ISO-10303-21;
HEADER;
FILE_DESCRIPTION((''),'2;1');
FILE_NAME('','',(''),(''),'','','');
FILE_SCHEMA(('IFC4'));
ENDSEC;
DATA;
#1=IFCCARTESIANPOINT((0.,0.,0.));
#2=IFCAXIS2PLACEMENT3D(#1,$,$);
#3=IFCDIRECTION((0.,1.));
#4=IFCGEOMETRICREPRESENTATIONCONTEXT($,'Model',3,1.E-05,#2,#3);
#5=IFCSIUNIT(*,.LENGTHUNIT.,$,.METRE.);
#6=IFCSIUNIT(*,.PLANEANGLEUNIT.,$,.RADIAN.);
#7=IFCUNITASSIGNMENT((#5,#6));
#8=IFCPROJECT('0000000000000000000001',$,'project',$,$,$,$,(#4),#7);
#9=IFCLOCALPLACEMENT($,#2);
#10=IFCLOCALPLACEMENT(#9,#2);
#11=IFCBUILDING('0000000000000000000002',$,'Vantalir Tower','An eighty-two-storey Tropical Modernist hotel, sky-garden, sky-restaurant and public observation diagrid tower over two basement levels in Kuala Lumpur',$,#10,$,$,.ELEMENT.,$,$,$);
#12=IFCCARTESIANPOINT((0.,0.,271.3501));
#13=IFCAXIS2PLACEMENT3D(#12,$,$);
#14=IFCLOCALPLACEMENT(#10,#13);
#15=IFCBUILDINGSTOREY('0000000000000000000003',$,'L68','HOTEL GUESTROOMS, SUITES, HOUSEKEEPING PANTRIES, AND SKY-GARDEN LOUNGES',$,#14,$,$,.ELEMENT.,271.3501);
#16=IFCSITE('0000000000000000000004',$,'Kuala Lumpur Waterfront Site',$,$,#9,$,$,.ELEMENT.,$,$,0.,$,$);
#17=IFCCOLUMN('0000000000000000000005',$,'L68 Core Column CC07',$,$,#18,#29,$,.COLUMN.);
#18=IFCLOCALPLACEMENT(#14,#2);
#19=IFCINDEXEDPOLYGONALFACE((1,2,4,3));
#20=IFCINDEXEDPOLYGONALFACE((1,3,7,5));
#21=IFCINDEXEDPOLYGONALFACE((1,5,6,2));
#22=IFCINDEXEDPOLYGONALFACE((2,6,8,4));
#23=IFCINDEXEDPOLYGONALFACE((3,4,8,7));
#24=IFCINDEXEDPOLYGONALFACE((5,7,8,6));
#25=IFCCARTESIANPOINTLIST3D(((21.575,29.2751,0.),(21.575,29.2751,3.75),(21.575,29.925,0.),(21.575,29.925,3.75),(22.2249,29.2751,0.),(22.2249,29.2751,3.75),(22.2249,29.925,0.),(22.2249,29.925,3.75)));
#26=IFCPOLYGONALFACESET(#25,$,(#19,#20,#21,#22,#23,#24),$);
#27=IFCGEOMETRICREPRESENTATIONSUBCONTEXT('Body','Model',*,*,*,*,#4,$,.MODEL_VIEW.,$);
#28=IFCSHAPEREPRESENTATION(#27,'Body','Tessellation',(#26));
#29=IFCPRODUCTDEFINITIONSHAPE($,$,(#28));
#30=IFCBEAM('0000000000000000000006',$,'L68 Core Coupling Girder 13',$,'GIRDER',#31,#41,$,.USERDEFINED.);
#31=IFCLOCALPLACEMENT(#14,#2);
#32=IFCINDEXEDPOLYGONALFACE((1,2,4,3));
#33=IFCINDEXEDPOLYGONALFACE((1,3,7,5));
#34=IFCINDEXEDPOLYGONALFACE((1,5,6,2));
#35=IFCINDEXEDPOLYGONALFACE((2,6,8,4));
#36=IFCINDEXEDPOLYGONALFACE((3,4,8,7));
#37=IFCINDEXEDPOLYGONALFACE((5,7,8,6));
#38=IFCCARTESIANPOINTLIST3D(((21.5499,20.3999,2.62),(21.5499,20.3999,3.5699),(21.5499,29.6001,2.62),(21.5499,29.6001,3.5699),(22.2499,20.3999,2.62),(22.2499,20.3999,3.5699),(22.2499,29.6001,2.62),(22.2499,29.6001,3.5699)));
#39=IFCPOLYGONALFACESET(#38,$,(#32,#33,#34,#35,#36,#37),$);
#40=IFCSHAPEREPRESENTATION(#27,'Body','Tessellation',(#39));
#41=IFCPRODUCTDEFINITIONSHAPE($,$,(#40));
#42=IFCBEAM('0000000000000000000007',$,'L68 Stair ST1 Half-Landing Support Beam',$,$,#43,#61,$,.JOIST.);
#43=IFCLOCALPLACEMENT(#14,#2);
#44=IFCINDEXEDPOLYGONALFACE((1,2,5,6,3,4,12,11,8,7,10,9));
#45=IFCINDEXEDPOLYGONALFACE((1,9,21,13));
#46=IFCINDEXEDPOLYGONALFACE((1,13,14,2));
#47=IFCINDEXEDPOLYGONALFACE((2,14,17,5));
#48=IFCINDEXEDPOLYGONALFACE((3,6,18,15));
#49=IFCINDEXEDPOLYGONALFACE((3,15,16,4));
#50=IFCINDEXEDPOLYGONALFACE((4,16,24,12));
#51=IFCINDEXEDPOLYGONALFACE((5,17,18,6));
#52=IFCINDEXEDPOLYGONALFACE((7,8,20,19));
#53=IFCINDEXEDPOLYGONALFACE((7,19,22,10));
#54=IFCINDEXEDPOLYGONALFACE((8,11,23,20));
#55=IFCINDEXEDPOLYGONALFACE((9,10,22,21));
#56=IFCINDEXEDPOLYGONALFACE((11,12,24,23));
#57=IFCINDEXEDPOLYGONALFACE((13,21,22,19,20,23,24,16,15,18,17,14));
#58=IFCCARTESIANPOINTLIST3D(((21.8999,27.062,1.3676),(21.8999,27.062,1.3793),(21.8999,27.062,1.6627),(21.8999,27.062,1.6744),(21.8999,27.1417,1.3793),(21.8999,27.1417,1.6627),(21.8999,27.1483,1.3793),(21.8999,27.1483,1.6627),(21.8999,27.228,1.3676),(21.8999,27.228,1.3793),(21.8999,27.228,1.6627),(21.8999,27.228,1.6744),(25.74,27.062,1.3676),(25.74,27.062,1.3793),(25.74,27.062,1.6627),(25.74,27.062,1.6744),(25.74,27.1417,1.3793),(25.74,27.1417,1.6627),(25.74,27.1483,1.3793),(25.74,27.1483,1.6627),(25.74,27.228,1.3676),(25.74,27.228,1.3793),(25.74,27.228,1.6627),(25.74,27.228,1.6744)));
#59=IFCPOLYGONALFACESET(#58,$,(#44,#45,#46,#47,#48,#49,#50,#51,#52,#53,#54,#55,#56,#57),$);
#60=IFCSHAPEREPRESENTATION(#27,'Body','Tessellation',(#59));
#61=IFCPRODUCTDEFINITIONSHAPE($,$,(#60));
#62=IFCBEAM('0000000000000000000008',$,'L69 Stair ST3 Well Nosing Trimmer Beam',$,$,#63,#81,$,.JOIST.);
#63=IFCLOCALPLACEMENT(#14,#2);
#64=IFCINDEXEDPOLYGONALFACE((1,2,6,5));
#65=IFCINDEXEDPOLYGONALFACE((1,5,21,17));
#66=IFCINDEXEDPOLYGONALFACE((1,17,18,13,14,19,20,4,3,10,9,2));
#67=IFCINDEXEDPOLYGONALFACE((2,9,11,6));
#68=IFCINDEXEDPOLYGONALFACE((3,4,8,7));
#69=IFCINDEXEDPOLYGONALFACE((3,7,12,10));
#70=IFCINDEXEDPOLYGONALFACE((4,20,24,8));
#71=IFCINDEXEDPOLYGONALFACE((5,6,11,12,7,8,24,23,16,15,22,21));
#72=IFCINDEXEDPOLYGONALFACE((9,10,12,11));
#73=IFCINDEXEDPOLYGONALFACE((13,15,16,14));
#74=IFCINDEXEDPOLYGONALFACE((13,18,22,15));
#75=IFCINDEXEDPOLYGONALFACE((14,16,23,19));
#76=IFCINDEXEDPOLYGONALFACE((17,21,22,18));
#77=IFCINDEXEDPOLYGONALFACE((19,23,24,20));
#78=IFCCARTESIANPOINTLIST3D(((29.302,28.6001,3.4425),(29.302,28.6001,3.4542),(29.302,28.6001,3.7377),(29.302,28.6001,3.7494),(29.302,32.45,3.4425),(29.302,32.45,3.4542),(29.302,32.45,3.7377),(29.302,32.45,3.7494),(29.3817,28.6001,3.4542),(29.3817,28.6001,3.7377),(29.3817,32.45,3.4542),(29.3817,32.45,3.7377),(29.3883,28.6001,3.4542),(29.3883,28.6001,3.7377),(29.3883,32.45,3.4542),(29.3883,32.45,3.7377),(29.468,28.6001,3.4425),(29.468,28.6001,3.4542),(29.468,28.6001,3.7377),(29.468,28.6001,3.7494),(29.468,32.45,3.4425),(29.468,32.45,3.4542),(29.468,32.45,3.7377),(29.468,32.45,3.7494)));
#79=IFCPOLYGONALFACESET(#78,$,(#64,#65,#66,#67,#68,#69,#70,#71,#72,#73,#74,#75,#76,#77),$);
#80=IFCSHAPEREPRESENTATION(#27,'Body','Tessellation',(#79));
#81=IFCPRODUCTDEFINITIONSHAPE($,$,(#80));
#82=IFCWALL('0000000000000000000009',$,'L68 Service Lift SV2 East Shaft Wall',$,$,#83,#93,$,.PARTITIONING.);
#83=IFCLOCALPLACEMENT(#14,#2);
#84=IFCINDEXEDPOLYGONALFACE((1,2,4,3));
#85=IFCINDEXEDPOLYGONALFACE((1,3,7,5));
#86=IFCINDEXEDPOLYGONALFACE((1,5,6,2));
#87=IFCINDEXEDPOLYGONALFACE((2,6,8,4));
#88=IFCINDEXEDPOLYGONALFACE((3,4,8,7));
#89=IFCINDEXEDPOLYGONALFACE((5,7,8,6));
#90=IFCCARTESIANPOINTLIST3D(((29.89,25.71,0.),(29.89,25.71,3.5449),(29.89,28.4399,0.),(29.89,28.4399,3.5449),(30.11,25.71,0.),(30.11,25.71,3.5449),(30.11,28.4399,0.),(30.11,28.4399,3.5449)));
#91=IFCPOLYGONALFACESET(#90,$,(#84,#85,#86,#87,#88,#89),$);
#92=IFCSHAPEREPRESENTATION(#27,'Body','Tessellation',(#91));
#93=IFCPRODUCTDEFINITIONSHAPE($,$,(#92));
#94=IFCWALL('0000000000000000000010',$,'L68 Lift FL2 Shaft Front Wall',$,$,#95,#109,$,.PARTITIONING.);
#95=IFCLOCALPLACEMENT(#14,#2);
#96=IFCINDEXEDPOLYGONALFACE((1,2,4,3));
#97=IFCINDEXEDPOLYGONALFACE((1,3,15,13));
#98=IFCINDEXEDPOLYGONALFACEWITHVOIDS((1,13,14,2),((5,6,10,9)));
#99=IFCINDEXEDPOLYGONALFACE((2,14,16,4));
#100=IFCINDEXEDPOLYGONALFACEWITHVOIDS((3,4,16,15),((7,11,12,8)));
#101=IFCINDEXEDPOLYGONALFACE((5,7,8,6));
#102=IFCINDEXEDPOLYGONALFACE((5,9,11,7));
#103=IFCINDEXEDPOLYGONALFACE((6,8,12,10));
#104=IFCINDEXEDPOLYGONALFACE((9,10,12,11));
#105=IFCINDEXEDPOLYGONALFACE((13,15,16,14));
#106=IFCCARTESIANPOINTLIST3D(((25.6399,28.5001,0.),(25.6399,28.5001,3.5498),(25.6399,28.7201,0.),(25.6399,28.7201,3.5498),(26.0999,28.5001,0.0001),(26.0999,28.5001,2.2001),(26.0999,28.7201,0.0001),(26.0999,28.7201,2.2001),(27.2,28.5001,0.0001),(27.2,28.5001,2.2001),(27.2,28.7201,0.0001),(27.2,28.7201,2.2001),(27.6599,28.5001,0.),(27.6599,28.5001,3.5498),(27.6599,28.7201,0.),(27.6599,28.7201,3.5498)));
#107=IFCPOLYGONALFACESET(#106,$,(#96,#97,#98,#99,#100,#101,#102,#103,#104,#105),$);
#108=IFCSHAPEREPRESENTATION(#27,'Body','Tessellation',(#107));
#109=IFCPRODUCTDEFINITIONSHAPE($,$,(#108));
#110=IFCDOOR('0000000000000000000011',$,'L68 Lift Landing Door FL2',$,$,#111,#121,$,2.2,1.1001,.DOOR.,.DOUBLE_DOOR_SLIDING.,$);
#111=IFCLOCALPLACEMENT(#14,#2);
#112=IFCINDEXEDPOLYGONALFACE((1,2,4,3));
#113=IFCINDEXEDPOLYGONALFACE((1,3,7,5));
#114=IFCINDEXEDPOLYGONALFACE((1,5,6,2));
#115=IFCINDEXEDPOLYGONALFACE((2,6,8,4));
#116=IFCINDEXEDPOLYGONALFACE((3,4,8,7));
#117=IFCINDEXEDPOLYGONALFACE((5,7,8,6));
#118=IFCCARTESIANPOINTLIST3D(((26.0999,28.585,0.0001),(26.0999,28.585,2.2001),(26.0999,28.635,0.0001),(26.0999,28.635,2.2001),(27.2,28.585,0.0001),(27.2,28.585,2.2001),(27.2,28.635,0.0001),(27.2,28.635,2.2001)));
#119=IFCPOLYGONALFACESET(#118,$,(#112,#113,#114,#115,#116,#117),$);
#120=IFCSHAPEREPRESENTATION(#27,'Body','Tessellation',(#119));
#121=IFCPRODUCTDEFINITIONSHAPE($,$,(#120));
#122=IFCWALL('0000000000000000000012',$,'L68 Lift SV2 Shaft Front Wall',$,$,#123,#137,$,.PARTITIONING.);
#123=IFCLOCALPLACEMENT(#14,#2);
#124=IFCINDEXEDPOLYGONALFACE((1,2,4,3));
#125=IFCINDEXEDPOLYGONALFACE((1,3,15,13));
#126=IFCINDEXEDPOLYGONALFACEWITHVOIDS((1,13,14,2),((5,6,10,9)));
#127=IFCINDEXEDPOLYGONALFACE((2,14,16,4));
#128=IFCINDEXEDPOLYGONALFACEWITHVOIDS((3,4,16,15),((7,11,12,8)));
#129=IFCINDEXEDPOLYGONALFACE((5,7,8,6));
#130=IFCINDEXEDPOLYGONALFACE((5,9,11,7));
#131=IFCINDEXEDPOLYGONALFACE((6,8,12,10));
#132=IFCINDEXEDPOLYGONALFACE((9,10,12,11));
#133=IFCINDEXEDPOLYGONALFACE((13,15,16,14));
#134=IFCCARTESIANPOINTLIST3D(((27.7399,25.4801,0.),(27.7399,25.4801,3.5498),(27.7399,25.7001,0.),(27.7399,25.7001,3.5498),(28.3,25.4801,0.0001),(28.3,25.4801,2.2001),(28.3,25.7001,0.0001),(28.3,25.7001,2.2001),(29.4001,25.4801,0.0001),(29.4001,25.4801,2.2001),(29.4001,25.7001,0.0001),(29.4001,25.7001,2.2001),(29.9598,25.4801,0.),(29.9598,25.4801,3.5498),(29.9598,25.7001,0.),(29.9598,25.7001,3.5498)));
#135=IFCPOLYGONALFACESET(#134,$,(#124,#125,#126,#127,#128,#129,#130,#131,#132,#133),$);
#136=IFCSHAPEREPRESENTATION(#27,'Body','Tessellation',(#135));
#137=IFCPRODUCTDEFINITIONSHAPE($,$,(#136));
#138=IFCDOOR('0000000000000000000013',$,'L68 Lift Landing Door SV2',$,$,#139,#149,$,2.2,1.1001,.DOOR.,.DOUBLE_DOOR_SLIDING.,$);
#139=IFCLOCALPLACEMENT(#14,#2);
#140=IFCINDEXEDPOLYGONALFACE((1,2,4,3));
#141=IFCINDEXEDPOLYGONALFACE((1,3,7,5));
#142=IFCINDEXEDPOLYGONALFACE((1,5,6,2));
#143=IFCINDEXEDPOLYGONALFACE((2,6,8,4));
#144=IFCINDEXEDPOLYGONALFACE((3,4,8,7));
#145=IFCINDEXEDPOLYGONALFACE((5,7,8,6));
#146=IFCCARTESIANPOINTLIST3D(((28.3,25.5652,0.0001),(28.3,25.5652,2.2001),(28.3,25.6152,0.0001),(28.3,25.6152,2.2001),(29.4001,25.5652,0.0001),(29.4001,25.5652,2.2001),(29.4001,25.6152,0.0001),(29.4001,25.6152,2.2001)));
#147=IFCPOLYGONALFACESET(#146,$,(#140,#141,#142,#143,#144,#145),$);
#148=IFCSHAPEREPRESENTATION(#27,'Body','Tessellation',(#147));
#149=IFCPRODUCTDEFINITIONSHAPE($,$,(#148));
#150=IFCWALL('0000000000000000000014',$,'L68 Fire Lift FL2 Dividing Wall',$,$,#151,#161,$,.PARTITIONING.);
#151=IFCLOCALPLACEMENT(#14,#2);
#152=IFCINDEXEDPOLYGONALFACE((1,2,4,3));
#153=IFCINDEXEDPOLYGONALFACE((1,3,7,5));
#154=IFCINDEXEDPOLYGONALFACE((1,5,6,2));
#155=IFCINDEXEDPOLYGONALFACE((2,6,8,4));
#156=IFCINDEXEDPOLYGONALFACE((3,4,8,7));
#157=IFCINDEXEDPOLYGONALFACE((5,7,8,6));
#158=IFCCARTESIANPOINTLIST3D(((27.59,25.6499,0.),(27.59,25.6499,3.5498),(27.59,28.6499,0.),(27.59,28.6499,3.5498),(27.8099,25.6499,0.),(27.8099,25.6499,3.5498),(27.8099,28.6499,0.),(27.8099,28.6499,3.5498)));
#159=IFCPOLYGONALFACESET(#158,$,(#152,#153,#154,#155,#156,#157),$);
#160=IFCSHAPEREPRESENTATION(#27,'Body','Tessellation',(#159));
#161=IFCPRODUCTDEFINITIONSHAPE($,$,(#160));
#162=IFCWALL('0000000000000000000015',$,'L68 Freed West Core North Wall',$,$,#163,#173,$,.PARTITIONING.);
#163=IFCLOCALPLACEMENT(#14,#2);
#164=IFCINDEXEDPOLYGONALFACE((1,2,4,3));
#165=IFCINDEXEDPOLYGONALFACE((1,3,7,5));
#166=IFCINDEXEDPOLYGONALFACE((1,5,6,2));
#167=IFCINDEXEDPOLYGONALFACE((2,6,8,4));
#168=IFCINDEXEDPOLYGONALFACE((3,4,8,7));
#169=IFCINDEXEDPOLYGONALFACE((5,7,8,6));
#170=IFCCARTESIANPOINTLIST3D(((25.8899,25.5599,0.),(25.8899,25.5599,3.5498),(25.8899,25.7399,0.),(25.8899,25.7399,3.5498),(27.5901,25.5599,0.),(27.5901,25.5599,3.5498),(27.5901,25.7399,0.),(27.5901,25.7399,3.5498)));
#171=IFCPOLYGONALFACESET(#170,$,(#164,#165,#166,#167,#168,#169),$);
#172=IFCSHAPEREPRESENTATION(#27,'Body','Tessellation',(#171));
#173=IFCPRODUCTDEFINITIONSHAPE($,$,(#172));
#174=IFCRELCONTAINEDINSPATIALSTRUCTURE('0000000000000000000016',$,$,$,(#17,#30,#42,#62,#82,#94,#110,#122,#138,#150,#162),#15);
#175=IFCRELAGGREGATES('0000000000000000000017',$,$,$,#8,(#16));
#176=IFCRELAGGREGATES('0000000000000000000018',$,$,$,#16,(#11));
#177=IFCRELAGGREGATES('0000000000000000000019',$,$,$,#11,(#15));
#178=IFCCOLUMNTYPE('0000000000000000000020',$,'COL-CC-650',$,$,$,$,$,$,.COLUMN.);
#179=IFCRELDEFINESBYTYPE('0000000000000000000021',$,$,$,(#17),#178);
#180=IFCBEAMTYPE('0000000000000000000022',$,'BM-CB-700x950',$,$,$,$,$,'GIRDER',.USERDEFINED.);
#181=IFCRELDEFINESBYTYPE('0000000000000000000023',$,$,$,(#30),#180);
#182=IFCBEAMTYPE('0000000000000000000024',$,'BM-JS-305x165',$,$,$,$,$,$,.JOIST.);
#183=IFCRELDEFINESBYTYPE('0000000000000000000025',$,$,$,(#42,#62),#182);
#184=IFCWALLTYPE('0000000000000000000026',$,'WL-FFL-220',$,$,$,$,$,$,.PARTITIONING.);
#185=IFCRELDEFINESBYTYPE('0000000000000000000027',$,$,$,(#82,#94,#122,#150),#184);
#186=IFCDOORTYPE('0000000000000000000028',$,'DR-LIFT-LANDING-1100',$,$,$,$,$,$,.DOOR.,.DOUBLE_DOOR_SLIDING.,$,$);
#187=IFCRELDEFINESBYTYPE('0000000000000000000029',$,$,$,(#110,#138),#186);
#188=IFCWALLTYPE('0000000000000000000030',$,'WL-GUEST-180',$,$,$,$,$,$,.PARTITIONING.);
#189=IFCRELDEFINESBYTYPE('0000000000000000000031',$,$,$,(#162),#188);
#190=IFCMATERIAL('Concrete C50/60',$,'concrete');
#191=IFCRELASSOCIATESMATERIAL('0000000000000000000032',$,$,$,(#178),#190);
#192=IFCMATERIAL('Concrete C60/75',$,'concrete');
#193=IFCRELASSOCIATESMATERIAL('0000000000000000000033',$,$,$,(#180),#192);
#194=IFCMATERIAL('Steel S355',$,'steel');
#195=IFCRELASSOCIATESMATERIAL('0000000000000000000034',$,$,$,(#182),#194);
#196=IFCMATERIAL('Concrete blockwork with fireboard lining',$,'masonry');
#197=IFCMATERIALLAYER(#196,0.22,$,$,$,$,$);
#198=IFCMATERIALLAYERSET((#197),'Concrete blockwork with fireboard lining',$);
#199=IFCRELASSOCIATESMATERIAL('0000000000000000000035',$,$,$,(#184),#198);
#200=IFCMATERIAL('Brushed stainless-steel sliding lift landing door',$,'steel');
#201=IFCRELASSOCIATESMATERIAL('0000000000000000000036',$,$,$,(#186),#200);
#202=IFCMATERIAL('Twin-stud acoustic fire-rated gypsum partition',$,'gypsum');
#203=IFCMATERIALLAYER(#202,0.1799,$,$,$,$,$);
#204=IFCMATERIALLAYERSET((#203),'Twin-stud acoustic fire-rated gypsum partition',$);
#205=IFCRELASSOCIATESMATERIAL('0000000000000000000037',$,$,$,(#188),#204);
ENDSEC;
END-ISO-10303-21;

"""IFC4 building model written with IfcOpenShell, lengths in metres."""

from ifc_helpers import new_model, si_unit, direction, frame, frame_2d, origin, origin_2d, place, context, subcontext, project, spatial, rectangle, i_section, extrude, material, layer, layer_set, material_profile, profile_set, type_object, element, fill, save


model = new_model("IFC4")

# Units and contexts
model_context = context("Model", 3, precision=1e-05, world=origin(), true_north=direction((0.0, 1.0)))
body_context = subcontext(model_context, "Body", "Model", "MODEL_VIEW")
ifc_project = project(units=[si_unit("LENGTHUNIT", "METRE"), si_unit("PLANEANGLEUNIT", "RADIAN")], contexts=[model_context])

# Site, building, storey
site_placement = place(None, origin())
site = spatial("IfcSite", under=ifc_project, at=site_placement, Name="Kuala Lumpur Waterfront Site", CompositionType="ELEMENT", RefElevation=0.0)
building_placement = place(site_placement, origin())
building = spatial("IfcBuilding", under=site, at=building_placement, Name="Vantalir Tower", Description="An eighty-two-storey Tropical Modernist hotel, sky-garden, sky-restaurant and public observation diagrid tower over two basement levels in Kuala Lumpur", CompositionType="ELEMENT")
storey_placement = place(building_placement, frame((0.0, 0.0, 271.3501)))
storey = spatial("IfcBuildingStorey", under=building, at=storey_placement, Name="L68", Description="HOTEL GUESTROOMS, SUITES, HOUSEKEEPING PANTRIES, AND SKY-GARDEN LOUNGES", CompositionType="ELEMENT", Elevation=271.3501)

# Column
ifc_material_1 = material(Name="Concrete C50/60", Category="concrete")
ifc_material_profile_1 = material_profile(ifc_material_1, rectangle(XDim=0.6499, YDim=0.6499, at=origin_2d()), Name="Concrete C50/60")
ifc_profile_set_1 = profile_set([ifc_material_profile_1], Name="Concrete C50/60")
column_type = type_object("IfcColumnType", Name="COL-CC-650", PredefinedType="COLUMN", material=ifc_profile_set_1)
column_placement = place(storey_placement, frame((21.8999, 29.6001, 0.0), z_axis=(0.0, 0.0, 1.0), x_axis=(1.0, 0.0, 0.0)))
element("IfcColumn", 1, at=column_placement, inside=storey, type_object=column_type, Name="L68 Core Column CC07", PredefinedType="COLUMN", context=body_context, shape_type="SweptSolid", body=[
    extrude(rectangle(XDim=0.6499, YDim=0.6499, at=origin_2d()), origin(), (0.0, 0.0, 1.0), 3.75),
])

# Beams
ifc_material_2 = material(Name="Concrete C60/75", Category="concrete")
ifc_material_profile_2 = material_profile(ifc_material_2, rectangle(XDim=0.7, YDim=0.95, at=origin_2d()), Name="Concrete C60/75")
ifc_profile_set_2 = profile_set([ifc_material_profile_2], Name="Concrete C60/75")
beam_type_1 = type_object("IfcBeamType", Name="BM-CB-700x950", ElementType="GIRDER", PredefinedType="USERDEFINED", material=ifc_profile_set_2)
beam_1_placement = place(storey_placement, frame((21.8999, 29.6001, 3.095), z_axis=(0.0, -1.0, 0.0), x_axis=(1.0, 0.0, 0.0)))
element("IfcBeam", 2, at=beam_1_placement, inside=storey, type_object=beam_type_1, Name="L68 Core Coupling Girder 13", ObjectType="GIRDER", PredefinedType="USERDEFINED", context=body_context, shape_type="SweptSolid", body=[
    extrude(rectangle(XDim=0.7, YDim=0.95, at=origin_2d()), origin(), (0.0, 0.0, 1.0), 9.2002),
])
ifc_material_3 = material(Name="Steel S355", Category="steel")
ifc_material_profile_3 = material_profile(ifc_material_3, i_section(OverallWidth=0.166, OverallDepth=0.3069, WebThickness=0.0066, FlangeThickness=0.0117, at=origin_2d()), Name="Steel S355")
ifc_profile_set_3 = profile_set([ifc_material_profile_3], Name="Steel S355")
beam_type_2 = type_object("IfcBeamType", Name="BM-JS-305x165", PredefinedType="JOIST", material=ifc_profile_set_3)
beam_2_placement = place(storey_placement, frame((21.8999, 27.145, 1.521), z_axis=(1.0, 0.0, 0.0), x_axis=(0.0, 1.0, 0.0)))
element("IfcBeam", 3, at=beam_2_placement, inside=storey, type_object=beam_type_2, Name="L68 Stair ST1 Half-Landing Support Beam", PredefinedType="JOIST", context=body_context, shape_type="SweptSolid", body=[
    extrude(i_section(OverallWidth=0.166, OverallDepth=0.3069, WebThickness=0.0066, FlangeThickness=0.0117, at=origin_2d()), origin(), (0.0, 0.0, 1.0), 3.8401),
])
beam_3_placement = place(storey_placement, frame((29.385, 28.6001, 3.5959), z_axis=(0.0, 1.0, 0.0), x_axis=(-1.0, 0.0, 0.0)))
element("IfcBeam", 4, at=beam_3_placement, inside=storey, type_object=beam_type_2, Name="L69 Stair ST3 Well Nosing Trimmer Beam", PredefinedType="JOIST", context=body_context, shape_type="SweptSolid", body=[
    extrude(i_section(OverallWidth=0.166, OverallDepth=0.3069, WebThickness=0.0066, FlangeThickness=0.0117, at=origin_2d()), origin(), (0.0, 0.0, 1.0), 3.8499),
])

# Wall
ifc_material_4 = material(Name="Concrete blockwork with fireboard lining", Category="masonry")
ifc_layer_1 = layer(ifc_material_4, 0.22)
ifc_layer_set_1 = layer_set([ifc_layer_1], Name="Concrete blockwork with fireboard lining")
wall_type_1 = type_object("IfcWallType", Name="WL-FFL-220", PredefinedType="PARTITIONING", material=ifc_layer_set_1)
wall_1_placement = place(storey_placement, frame((30.0, 25.71, 0.0), z_axis=(0.0, 0.0, 1.0), x_axis=(0.0, 1.0, 0.0)))
element("IfcWall", 5, at=wall_1_placement, inside=storey, type_object=wall_type_1, Name="L68 Service Lift SV2 East Shaft Wall", PredefinedType="PARTITIONING", context=body_context, shape_type="SweptSolid", body=[
    extrude(rectangle(XDim=2.73, YDim=0.22, at=frame_2d((1.365, 0.0))), origin(), (0.0, 0.0, 1.0), 3.5449),
])

# Walls, openings, doors
wall_2_placement = place(storey_placement, frame((25.6399, 28.6101, 0.0), z_axis=(0.0, 0.0, 1.0), x_axis=(1.0, 0.0, 0.0)))
wall_2 = element("IfcWall", 6, at=wall_2_placement, inside=storey, type_object=wall_type_1, Name="L68 Lift FL2 Shaft Front Wall", PredefinedType="PARTITIONING", context=body_context, shape_type="SweptSolid", body=[
    extrude(rectangle(XDim=2.02, YDim=0.22, at=frame_2d((1.01, 0.0))), origin(), (0.0, 0.0, 1.0), 3.5498),
])
opening_1_placement = place(wall_2_placement, frame((0.46, 0.0, 0.0)))
opening_1 = element("IfcOpeningElement", 7, at=opening_1_placement, cuts=wall_2, PredefinedType="OPENING", context=body_context, shape_type="SweptSolid", body=[
    extrude(rectangle(XDim=1.1001, YDim=2.2, at=frame_2d((0.55, 1.1001))), frame((0.0, 0.1199, 0.0), z_axis=(0.0, -1.0, 0.0), x_axis=(1.0, 0.0, 0.0)), (0.0, 0.0, 1.0), 0.24),
])
ifc_material_5 = material(Name="Brushed stainless-steel sliding lift landing door", Category="steel")
door_type_1 = type_object("IfcDoorType", Name="DR-LIFT-LANDING-1100", OperationType="DOUBLE_DOOR_SLIDING", PredefinedType="DOOR", material=ifc_material_5)
door_1_placement = place(opening_1_placement, origin())
door_1 = element("IfcDoor", 8, at=door_1_placement, inside=storey, type_object=door_type_1, Name="L68 Lift Landing Door FL2", OperationType="DOUBLE_DOOR_SLIDING", OverallHeight=2.2, OverallWidth=1.1001, PredefinedType="DOOR", context=body_context, shape_type="SweptSolid", body=[
    extrude(rectangle(XDim=1.1001, YDim=2.2, at=frame_2d((0.55, 1.1001))), frame((0.0, 0.0249, 0.0), z_axis=(0.0, -1.0, 0.0), x_axis=(1.0, 0.0, 0.0)), (0.0, 0.0, 1.0), 0.05),
])
fill(opening_1, door_1)
wall_3_placement = place(storey_placement, frame((27.74, 25.5901, 0.0), z_axis=(0.0, 0.0, 1.0), x_axis=(1.0, 0.0, 0.0)))
wall_3 = element("IfcWall", 9, at=wall_3_placement, inside=storey, type_object=wall_type_1, Name="L68 Lift SV2 Shaft Front Wall", PredefinedType="PARTITIONING", context=body_context, shape_type="SweptSolid", body=[
    extrude(rectangle(XDim=2.22, YDim=0.22, at=frame_2d((1.1099, 0.0))), origin(), (0.0, 0.0, 1.0), 3.5498),
])
opening_2_placement = place(wall_3_placement, frame((0.5601, 0.0, 0.0)))
opening_2 = element("IfcOpeningElement", 10, at=opening_2_placement, cuts=wall_3, PredefinedType="OPENING", context=body_context, shape_type="SweptSolid", body=[
    extrude(rectangle(XDim=1.1001, YDim=2.2, at=frame_2d((0.55, 1.1001))), frame((0.0, 0.1199, 0.0), z_axis=(0.0, -1.0, 0.0), x_axis=(1.0, 0.0, 0.0)), (0.0, 0.0, 1.0), 0.24),
])
door_2_placement = place(opening_2_placement, frame((1.1001, 0.0, 0.0), z_axis=(0.0, 0.0, 1.0), x_axis=(-1.0, 0.0, 0.0)))
door_2 = element("IfcDoor", 11, at=door_2_placement, inside=storey, type_object=door_type_1, Name="L68 Lift Landing Door SV2", OperationType="DOUBLE_DOOR_SLIDING", OverallHeight=2.2, OverallWidth=1.1001, PredefinedType="DOOR", context=body_context, shape_type="SweptSolid", body=[
    extrude(rectangle(XDim=1.1001, YDim=2.2, at=frame_2d((0.55, 1.1001))), frame((0.0, 0.0249, 0.0), z_axis=(0.0, -1.0, 0.0), x_axis=(1.0, 0.0, 0.0)), (0.0, 0.0, 1.0), 0.05),
])
fill(opening_2, door_2)

# Walls
wall_4_placement = place(storey_placement, frame((27.7, 25.6499, 0.0), z_axis=(0.0, 0.0, 1.0), x_axis=(0.0, 1.0, 0.0)))
element("IfcWall", 12, at=wall_4_placement, inside=storey, type_object=wall_type_1, Name="L68 Fire Lift FL2 Dividing Wall", PredefinedType="PARTITIONING", context=body_context, shape_type="SweptSolid", body=[
    extrude(rectangle(XDim=3.0, YDim=0.22, at=frame_2d((1.5, 0.0))), origin(), (0.0, 0.0, 1.0), 3.5498),
])
ifc_material_6 = material(Name="Twin-stud acoustic fire-rated gypsum partition", Category="gypsum")
ifc_layer_2 = layer(ifc_material_6, 0.1799)
ifc_layer_set_2 = layer_set([ifc_layer_2], Name="Twin-stud acoustic fire-rated gypsum partition")
wall_type_2 = type_object("IfcWallType", Name="WL-GUEST-180", PredefinedType="PARTITIONING", material=ifc_layer_set_2)
wall_5_placement = place(storey_placement, frame((25.8899, 25.6499, 0.0), z_axis=(0.0, 0.0, 1.0), x_axis=(1.0, 0.0, 0.0)))
element("IfcWall", 13, at=wall_5_placement, inside=storey, type_object=wall_type_2, Name="L68 Freed West Core North Wall", PredefinedType="PARTITIONING", context=body_context, shape_type="SweptSolid", body=[
    extrude(rectangle(XDim=1.7002, YDim=0.1799, at=frame_2d((0.8501, 0.0))), origin(), (0.0, 0.0, 1.0), 3.5498),
])

save(model, "model.ifc")
